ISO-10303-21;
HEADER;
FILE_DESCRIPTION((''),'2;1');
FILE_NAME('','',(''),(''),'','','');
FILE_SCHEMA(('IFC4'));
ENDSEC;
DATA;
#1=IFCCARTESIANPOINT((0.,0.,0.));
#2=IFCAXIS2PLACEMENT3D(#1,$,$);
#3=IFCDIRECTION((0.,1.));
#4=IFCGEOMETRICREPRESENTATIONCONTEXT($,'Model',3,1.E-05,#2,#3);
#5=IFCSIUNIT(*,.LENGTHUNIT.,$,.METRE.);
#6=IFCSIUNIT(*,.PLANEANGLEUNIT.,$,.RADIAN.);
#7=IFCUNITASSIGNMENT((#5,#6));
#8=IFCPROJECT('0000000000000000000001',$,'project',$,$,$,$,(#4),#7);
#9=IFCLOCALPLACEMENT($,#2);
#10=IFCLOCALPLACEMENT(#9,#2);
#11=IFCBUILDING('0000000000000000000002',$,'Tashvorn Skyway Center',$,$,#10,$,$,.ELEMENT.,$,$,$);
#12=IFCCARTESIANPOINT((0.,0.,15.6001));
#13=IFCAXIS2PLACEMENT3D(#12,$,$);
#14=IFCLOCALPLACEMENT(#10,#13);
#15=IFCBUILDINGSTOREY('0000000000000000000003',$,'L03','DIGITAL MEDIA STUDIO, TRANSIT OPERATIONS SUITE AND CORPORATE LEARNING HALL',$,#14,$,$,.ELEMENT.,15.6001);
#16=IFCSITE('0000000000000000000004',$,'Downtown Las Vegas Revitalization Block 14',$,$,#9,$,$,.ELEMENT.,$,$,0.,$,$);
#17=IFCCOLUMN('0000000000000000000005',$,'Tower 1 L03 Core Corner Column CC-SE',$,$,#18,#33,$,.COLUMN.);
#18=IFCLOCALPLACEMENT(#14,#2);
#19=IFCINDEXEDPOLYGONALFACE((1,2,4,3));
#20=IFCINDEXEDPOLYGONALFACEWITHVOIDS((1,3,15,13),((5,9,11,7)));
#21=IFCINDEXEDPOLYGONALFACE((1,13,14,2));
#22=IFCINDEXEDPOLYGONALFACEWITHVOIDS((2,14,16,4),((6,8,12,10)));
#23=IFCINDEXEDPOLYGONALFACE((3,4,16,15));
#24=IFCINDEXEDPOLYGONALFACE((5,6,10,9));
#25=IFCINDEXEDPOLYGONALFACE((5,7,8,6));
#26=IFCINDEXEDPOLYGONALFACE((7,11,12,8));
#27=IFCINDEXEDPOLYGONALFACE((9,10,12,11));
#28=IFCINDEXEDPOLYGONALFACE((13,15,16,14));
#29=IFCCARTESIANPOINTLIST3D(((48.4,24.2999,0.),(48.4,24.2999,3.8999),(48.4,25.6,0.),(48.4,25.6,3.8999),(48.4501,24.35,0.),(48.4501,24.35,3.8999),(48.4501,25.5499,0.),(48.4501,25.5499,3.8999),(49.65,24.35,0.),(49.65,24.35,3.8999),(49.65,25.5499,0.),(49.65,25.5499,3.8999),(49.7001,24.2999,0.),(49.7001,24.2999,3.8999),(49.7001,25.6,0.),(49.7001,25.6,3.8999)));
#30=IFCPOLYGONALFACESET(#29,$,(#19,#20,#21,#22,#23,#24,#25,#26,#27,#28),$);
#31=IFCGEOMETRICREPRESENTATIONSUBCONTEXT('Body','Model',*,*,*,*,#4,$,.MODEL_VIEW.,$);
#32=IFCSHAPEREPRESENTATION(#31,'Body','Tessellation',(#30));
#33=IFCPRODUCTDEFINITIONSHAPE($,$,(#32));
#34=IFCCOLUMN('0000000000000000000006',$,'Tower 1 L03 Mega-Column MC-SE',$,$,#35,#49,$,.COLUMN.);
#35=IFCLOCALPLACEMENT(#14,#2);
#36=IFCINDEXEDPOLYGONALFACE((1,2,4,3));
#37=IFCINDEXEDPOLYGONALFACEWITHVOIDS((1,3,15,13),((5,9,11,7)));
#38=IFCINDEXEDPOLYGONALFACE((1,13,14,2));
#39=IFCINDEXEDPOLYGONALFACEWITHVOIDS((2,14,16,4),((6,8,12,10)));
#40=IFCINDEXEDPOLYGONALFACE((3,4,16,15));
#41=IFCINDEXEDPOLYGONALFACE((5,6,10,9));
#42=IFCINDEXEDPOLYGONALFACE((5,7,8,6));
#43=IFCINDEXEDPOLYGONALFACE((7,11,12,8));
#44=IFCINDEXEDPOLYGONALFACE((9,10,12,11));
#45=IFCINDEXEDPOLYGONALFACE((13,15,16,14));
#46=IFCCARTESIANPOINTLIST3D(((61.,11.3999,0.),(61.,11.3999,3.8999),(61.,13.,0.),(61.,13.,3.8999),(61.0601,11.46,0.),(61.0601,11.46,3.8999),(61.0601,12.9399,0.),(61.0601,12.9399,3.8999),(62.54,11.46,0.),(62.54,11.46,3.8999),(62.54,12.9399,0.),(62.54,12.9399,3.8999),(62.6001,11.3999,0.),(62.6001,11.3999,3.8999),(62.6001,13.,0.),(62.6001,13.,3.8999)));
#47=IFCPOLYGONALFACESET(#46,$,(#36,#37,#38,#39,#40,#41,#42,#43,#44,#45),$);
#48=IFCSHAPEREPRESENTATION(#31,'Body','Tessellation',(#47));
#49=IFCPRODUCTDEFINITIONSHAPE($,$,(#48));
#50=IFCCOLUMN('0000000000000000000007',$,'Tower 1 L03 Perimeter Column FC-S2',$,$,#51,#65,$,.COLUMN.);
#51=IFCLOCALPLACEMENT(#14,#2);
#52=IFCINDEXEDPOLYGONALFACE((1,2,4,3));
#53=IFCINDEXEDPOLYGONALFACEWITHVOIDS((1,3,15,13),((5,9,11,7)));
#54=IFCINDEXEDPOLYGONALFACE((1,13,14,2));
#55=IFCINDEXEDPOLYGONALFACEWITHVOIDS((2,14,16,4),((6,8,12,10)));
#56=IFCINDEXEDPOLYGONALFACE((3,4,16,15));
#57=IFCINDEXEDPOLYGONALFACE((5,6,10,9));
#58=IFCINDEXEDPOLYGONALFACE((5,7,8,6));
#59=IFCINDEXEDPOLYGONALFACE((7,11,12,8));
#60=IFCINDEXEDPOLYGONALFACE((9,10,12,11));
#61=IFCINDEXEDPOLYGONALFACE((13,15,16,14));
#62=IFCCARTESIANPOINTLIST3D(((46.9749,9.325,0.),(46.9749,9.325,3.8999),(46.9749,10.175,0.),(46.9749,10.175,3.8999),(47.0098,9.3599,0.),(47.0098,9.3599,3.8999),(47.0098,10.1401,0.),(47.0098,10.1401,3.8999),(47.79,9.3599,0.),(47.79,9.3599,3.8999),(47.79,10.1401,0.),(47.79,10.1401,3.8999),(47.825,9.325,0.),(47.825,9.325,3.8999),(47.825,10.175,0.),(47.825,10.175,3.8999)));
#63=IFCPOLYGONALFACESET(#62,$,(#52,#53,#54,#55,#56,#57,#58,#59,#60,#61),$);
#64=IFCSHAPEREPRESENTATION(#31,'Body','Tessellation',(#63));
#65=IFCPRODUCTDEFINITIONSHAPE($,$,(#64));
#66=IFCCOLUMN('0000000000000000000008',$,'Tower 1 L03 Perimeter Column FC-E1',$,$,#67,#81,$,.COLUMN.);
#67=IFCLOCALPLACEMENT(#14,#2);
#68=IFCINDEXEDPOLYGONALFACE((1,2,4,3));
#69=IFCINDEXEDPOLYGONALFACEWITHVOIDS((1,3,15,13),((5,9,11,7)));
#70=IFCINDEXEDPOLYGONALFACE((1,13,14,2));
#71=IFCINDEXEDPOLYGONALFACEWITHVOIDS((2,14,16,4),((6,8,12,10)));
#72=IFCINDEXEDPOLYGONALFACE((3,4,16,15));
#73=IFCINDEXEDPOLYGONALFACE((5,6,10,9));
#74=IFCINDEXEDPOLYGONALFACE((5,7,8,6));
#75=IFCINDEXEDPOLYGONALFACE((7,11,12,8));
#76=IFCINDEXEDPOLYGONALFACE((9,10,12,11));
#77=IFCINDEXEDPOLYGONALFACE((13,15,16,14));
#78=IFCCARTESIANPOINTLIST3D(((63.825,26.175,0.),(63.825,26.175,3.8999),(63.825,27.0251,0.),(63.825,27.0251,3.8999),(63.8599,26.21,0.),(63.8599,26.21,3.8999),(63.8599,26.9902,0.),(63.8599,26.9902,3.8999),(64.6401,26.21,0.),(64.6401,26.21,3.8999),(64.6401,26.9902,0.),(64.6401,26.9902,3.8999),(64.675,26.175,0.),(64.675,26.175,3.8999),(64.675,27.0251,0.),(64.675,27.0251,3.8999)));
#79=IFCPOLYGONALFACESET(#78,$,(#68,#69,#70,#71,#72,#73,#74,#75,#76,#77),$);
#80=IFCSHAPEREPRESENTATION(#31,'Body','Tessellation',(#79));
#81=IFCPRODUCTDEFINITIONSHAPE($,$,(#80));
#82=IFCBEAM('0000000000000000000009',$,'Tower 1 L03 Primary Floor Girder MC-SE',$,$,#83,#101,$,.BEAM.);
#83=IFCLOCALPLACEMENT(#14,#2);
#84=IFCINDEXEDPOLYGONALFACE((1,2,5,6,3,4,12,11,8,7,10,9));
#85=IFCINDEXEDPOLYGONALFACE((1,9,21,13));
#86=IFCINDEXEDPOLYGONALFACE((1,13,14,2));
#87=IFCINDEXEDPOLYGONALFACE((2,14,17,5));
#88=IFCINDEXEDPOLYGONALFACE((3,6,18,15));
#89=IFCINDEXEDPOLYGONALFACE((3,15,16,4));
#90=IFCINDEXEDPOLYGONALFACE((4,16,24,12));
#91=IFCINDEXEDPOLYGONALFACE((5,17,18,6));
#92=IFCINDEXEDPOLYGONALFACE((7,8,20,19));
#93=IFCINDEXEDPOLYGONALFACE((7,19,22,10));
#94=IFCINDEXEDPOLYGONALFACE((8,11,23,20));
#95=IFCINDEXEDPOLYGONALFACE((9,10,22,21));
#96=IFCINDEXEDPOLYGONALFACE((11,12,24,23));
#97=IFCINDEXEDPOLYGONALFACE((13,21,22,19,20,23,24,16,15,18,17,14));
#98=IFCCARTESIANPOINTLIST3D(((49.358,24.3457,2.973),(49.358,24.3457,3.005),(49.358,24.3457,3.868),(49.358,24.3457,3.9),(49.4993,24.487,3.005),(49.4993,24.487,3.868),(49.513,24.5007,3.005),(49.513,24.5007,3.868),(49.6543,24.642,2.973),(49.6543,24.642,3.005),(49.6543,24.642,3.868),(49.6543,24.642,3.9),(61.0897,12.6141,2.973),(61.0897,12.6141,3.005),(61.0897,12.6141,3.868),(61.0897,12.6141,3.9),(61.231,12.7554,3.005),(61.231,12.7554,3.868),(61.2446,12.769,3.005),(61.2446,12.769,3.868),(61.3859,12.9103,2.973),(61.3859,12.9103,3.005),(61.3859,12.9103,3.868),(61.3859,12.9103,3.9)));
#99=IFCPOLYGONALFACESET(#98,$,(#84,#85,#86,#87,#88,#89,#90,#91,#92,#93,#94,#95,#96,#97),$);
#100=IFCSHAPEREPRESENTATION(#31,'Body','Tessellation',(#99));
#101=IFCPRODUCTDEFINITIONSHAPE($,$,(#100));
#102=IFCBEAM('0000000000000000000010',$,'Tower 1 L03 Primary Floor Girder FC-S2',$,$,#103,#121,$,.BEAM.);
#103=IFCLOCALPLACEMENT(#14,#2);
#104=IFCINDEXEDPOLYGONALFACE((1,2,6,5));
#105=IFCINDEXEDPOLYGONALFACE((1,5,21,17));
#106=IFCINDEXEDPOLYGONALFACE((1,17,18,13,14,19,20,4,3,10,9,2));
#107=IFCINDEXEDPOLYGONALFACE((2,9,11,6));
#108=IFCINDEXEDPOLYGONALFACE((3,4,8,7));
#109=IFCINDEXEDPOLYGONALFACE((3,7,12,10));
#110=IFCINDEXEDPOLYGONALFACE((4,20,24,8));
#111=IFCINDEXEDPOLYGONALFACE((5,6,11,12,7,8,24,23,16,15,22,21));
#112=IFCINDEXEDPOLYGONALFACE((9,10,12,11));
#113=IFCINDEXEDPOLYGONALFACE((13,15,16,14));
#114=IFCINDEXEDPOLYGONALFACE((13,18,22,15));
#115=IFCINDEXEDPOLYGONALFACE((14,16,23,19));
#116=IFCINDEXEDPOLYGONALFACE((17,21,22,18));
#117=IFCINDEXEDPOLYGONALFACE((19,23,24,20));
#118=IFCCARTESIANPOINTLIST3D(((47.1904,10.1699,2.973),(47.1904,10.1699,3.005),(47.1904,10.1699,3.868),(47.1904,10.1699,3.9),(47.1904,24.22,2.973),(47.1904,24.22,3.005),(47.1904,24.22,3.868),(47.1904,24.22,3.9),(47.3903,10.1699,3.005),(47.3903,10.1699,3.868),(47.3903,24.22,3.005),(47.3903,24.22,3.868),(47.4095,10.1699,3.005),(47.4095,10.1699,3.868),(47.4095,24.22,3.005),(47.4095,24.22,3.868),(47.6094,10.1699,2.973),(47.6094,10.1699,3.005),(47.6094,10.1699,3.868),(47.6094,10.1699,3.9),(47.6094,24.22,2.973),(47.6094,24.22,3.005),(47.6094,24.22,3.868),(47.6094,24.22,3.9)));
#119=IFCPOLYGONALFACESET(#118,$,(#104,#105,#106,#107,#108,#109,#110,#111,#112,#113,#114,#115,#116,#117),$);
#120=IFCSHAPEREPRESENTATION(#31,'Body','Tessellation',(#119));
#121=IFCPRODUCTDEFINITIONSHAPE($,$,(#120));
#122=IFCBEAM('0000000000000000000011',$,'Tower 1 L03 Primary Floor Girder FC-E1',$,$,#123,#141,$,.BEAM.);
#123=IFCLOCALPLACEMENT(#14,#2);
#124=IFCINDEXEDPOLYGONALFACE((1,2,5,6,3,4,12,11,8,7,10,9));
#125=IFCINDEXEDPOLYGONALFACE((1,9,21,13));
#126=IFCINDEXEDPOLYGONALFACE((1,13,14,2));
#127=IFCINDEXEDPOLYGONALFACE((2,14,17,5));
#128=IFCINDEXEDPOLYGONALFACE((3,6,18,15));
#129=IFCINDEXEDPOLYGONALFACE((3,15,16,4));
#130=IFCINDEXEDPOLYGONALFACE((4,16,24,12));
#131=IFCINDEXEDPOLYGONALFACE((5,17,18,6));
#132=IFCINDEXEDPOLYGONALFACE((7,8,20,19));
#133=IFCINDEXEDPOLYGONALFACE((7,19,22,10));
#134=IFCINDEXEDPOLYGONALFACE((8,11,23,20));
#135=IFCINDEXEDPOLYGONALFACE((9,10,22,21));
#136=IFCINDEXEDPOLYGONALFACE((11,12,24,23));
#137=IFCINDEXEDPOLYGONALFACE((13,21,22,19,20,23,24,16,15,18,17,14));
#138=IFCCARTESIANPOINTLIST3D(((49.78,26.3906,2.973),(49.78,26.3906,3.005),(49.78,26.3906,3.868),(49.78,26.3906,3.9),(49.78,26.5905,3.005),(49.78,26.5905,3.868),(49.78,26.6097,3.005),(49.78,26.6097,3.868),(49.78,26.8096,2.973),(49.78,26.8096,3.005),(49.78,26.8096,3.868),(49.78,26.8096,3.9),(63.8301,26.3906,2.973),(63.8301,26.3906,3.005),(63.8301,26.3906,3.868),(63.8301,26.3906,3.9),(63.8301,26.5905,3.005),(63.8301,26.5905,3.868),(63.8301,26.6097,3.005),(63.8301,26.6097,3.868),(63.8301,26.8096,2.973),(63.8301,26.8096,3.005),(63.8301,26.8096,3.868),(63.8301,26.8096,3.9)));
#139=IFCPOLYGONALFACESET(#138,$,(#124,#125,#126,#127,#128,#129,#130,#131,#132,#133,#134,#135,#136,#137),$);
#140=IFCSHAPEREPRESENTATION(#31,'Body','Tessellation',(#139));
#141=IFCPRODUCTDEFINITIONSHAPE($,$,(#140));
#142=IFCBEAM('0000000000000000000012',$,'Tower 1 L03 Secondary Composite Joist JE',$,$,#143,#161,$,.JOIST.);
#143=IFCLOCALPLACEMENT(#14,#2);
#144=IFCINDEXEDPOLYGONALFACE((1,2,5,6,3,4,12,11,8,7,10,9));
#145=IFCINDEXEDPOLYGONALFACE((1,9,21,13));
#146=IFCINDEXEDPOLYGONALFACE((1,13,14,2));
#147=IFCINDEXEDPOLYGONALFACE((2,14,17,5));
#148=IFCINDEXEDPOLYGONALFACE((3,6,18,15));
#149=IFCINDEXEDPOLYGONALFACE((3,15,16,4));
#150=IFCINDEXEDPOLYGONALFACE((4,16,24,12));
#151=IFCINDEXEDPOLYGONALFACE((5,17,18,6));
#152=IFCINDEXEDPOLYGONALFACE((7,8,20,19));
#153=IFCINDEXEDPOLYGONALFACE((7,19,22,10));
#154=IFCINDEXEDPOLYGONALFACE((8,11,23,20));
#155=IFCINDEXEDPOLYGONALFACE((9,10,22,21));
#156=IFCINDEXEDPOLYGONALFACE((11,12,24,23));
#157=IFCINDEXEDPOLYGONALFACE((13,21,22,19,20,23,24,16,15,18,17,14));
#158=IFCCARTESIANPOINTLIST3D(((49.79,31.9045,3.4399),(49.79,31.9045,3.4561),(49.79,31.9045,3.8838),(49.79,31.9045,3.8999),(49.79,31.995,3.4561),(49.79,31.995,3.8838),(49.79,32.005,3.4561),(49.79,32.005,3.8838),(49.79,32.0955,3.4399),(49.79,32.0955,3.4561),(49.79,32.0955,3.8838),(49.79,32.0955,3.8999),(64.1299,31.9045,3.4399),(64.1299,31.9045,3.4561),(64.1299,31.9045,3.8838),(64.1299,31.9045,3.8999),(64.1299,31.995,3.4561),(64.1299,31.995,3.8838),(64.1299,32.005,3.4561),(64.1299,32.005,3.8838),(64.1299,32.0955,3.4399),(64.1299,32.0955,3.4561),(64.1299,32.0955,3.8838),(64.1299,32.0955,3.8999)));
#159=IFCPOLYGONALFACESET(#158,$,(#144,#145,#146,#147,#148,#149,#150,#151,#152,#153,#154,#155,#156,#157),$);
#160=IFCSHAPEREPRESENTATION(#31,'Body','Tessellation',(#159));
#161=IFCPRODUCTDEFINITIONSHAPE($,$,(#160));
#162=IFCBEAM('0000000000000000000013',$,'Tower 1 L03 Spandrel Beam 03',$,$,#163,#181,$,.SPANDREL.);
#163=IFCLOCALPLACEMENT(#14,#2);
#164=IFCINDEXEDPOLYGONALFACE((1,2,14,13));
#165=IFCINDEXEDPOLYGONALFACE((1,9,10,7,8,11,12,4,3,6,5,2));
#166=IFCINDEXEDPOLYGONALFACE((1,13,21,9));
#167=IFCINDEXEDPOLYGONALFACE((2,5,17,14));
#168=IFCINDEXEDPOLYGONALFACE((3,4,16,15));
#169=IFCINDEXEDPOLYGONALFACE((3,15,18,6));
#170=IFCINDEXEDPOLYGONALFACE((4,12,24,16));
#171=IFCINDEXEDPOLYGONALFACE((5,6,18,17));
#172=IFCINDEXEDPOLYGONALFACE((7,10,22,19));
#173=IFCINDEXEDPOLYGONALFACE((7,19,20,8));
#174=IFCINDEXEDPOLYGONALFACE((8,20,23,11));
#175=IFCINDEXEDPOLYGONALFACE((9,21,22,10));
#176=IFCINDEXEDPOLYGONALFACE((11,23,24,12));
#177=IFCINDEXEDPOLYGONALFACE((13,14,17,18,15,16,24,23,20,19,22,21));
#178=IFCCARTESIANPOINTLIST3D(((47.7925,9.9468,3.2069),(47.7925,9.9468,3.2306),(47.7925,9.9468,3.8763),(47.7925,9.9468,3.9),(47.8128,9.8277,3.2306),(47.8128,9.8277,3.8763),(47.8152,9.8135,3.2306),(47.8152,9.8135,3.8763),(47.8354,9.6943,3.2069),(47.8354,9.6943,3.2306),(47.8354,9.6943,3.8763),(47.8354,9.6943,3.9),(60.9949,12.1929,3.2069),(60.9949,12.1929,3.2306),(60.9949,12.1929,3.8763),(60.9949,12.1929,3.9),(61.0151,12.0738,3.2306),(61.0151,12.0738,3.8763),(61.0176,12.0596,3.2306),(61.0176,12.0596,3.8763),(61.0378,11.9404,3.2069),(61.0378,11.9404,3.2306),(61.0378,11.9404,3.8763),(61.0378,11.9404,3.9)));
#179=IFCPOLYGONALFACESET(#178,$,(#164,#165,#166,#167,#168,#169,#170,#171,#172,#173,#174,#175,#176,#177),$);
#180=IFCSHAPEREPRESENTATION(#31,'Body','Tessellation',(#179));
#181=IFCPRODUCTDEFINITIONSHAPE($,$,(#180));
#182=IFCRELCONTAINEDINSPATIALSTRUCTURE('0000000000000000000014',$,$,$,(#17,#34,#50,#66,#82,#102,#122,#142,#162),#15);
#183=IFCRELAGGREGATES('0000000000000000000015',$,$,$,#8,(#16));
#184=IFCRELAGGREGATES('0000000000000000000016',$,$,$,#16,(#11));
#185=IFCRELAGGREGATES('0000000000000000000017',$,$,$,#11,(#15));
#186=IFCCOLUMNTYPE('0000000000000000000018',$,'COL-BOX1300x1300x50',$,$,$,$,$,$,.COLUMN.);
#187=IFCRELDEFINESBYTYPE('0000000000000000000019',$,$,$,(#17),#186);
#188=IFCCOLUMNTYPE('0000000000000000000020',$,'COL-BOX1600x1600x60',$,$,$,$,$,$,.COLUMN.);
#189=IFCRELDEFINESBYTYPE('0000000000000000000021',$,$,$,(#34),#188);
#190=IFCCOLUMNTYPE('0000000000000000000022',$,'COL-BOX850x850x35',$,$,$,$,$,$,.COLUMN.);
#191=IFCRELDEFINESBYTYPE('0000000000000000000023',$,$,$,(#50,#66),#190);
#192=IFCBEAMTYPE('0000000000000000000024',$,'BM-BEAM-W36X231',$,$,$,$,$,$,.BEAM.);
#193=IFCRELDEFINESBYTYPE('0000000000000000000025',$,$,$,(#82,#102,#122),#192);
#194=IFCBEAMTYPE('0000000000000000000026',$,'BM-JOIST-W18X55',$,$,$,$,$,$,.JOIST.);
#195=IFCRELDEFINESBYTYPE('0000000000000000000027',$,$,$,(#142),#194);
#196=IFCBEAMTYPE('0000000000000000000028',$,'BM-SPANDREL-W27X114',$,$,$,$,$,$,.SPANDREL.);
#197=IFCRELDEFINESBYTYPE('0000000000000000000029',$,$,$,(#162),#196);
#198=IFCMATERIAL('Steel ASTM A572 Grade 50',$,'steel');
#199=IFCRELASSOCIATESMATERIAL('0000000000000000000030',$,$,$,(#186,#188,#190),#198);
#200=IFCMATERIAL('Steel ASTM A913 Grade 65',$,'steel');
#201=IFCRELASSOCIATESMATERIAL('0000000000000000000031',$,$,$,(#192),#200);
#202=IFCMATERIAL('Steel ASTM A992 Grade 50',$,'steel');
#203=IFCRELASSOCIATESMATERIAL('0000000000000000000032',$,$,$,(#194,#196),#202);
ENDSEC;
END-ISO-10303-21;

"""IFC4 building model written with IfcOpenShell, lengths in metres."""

from ifc_helpers import new_model, si_unit, direction, frame, origin, origin_2d, place, context, subcontext, project, spatial, hollow_rectangle, i_section, extrude, material, material_profile, profile_set, type_object, element, save


model = new_model("IFC4")

# Units and contexts
model_context = context("Model", 3, precision=1e-05, world=origin(), true_north=direction((0.0, 1.0)))
body_context = subcontext(model_context, "Body", "Model", "MODEL_VIEW")
ifc_project = project(units=[si_unit("LENGTHUNIT", "METRE"), si_unit("PLANEANGLEUNIT", "RADIAN")], contexts=[model_context])

# Site, building, storey
site_placement = place(None, origin())
site = spatial("IfcSite", under=ifc_project, at=site_placement, Name="Downtown Las Vegas Revitalization Block 14", CompositionType="ELEMENT", RefElevation=0.0)
building_placement = place(site_placement, origin())
building = spatial("IfcBuilding", under=site, at=building_placement, Name="Tashvorn Skyway Center", CompositionType="ELEMENT")
storey_placement = place(building_placement, frame((0.0, 0.0, 15.6001)))
storey = spatial("IfcBuildingStorey", under=building, at=storey_placement, Name="L03", Description="DIGITAL MEDIA STUDIO, TRANSIT OPERATIONS SUITE AND CORPORATE LEARNING HALL", CompositionType="ELEMENT", Elevation=15.6001)

# Columns
ifc_material_1 = material(Name="Steel ASTM A572 Grade 50", Category="steel")
ifc_material_profile_1 = material_profile(ifc_material_1, hollow_rectangle(XDim=1.3, YDim=1.3, WallThickness=0.05, at=origin_2d()), Name="BOX1300x1300x50")
ifc_profile_set_1 = profile_set([ifc_material_profile_1], Name="Steel ASTM A572 Grade 50")
column_type_1 = type_object("IfcColumnType", Name="COL-BOX1300x1300x50", PredefinedType="COLUMN", material=ifc_profile_set_1)
column_1_placement = place(storey_placement, frame((49.05, 24.95, 0.0), z_axis=(0.0, 0.0, 1.0), x_axis=(1.0, 0.0, 0.0)))
element("IfcColumn", 1, at=column_1_placement, inside=storey, type_object=column_type_1, Name="Tower 1 L03 Core Corner Column CC-SE", PredefinedType="COLUMN", context=body_context, shape_type="SweptSolid", body=[
    extrude(hollow_rectangle(XDim=1.3, YDim=1.3, WallThickness=0.05, at=origin_2d()), origin(), (0.0, 0.0, 1.0), 3.8999),
])
ifc_material_profile_2 = material_profile(ifc_material_1, hollow_rectangle(XDim=1.6001, YDim=1.6001, WallThickness=0.0601, at=origin_2d()), Name="BOX1600x1600x60")
ifc_profile_set_2 = profile_set([ifc_material_profile_2], Name="Steel ASTM A572 Grade 50")
column_type_2 = type_object("IfcColumnType", Name="COL-BOX1600x1600x60", PredefinedType="COLUMN", material=ifc_profile_set_2)
column_2_placement = place(storey_placement, frame((61.8, 12.2, 0.0), z_axis=(0.0, 0.0, 1.0), x_axis=(1.0, 0.0, 0.0)))
element("IfcColumn", 2, at=column_2_placement, inside=storey, type_object=column_type_2, Name="Tower 1 L03 Mega-Column MC-SE", PredefinedType="COLUMN", context=body_context, shape_type="SweptSolid", body=[
    extrude(hollow_rectangle(XDim=1.6001, YDim=1.6001, WallThickness=0.0601, at=origin_2d()), origin(), (0.0, 0.0, 1.0), 3.8999),
])
ifc_material_profile_3 = material_profile(ifc_material_1, hollow_rectangle(XDim=0.8501, YDim=0.8501, WallThickness=0.0349, at=origin_2d()), Name="BOX850x850x35")
ifc_profile_set_3 = profile_set([ifc_material_profile_3], Name="Steel ASTM A572 Grade 50")
column_type_3 = type_object("IfcColumnType", Name="COL-BOX850x850x35", PredefinedType="COLUMN", material=ifc_profile_set_3)
for number, where, z_axis, x_axis, name in (
    (3, (47.3999, 9.75, 0.0), (0.0, 0.0, 1.0), (1.0, 0.0, 0.0), "Tower 1 L03 Perimeter Column FC-S2"),
    (4, (64.25, 26.6001, 0.0), (0.0, 0.0, 1.0), (1.0, 0.0, 0.0), "Tower 1 L03 Perimeter Column FC-E1"),
):
    element("IfcColumn", number, at=place(storey_placement, frame(where, z_axis=z_axis, x_axis=x_axis)), inside=storey, type_object=column_type_3, Name=name, PredefinedType="COLUMN", context=body_context, shape_type="SweptSolid", body=[
        extrude(hollow_rectangle(XDim=0.8501, YDim=0.8501, WallThickness=0.0349, at=origin_2d()), origin(), (0.0, 0.0, 1.0), 3.8999),
    ])

# Beams
ifc_material_2 = material(Name="Steel ASTM A913 Grade 65", Category="steel")
ifc_material_profile_4 = material_profile(ifc_material_2, i_section(OverallWidth=0.4189, OverallDepth=0.927, WebThickness=0.0193, FlangeThickness=0.032, at=origin_2d()), Name="W36X231")
ifc_profile_set_4 = profile_set([ifc_material_profile_4], Name="Steel ASTM A913 Grade 65")
beam_type_1 = type_object("IfcBeamType", Name="BM-BEAM-W36X231", PredefinedType="BEAM", material=ifc_profile_set_4)
beam_1_placement = place(storey_placement, frame((61.2378, 12.7622, 3.4365), z_axis=(-0.707107, 0.707107, 0.0), x_axis=(-0.707107, -0.707107, 0.0)))
element("IfcBeam", 5, at=beam_1_placement, inside=storey, type_object=beam_type_1, Name="Tower 1 L03 Primary Floor Girder MC-SE", PredefinedType="BEAM", context=body_context, shape_type="SweptSolid", body=[
    extrude(i_section(OverallWidth=0.4189, OverallDepth=0.927, WebThickness=0.0193, FlangeThickness=0.032, at=origin_2d()), origin(), (0.0, 0.0, 1.0), 16.5911),
])
for number, where, z_axis, x_axis, name in (
    (6, (47.3999, 10.1699, 3.4365), (0.0, 1.0, 0.0), (-1.0, 0.0, 0.0), "Tower 1 L03 Primary Floor Girder FC-S2"),
    (7, (63.8301, 26.6001, 3.4365), (-1.0, 0.0, 0.0), (0.0, -1.0, 0.0), "Tower 1 L03 Primary Floor Girder FC-E1"),
):
    element("IfcBeam", number, at=place(storey_placement, frame(where, z_axis=z_axis, x_axis=x_axis)), inside=storey, type_object=beam_type_1, Name=name, PredefinedType="BEAM", context=body_context, shape_type="SweptSolid", body=[
        extrude(i_section(OverallWidth=0.4189, OverallDepth=0.927, WebThickness=0.0193, FlangeThickness=0.032, at=origin_2d()), origin(), (0.0, 0.0, 1.0), 14.05),
    ])
ifc_material_3 = material(Name="Steel ASTM A992 Grade 50", Category="steel")
ifc_material_profile_5 = material_profile(ifc_material_3, i_section(OverallWidth=0.1909, OverallDepth=0.46, WebThickness=0.01, FlangeThickness=0.0161, at=origin_2d()), Name="W18X55")
ifc_profile_set_5 = profile_set([ifc_material_profile_5], Name="Steel ASTM A992 Grade 50")
beam_type_2 = type_object("IfcBeamType", Name="BM-JOIST-W18X55", PredefinedType="JOIST", material=ifc_profile_set_5)
beam_2_placement = place(storey_placement, frame((49.79, 32.0, 3.6699), z_axis=(1.0, 0.0, 0.0), x_axis=(0.0, 1.0, 0.0)))
element("IfcBeam", 8, at=beam_2_placement, inside=storey, type_object=beam_type_2, Name="Tower 1 L03 Secondary Composite Joist JE", PredefinedType="JOIST", context=body_context, shape_type="SweptSolid", body=[
    extrude(i_section(OverallWidth=0.1909, OverallDepth=0.46, WebThickness=0.01, FlangeThickness=0.0161, at=origin_2d()), origin(), (0.0, 0.0, 1.0), 14.3398),
])
ifc_material_profile_6 = material_profile(ifc_material_3, i_section(OverallWidth=0.2561, OverallDepth=0.6931, WebThickness=0.0144, FlangeThickness=0.0237, at=origin_2d()), Name="W27X114")
ifc_profile_set_6 = profile_set([ifc_material_profile_6], Name="Steel ASTM A992 Grade 50")
beam_type_3 = type_object("IfcBeamType", Name="BM-SPANDREL-W27X114", PredefinedType="SPANDREL", material=ifc_profile_set_6)
for number, where, z_axis, x_axis, name in (
    (9, (47.814, 9.8206, 3.5535), (0.985835, 0.167718, 0.0), (-0.167718, 0.985835, 0.0), "Tower 1 L03 Spandrel Beam 03"),
):
    element("IfcBeam", number, at=place(storey_placement, frame(where, z_axis=z_axis, x_axis=x_axis)), inside=storey, type_object=beam_type_3, Name=name, PredefinedType="SPANDREL", context=body_context, shape_type="SweptSolid", body=[
        extrude(i_section(OverallWidth=0.2561, OverallDepth=0.6931, WebThickness=0.0144, FlangeThickness=0.0237, at=origin_2d()), origin(), (0.0, 0.0, 1.0), 13.3921),
    ])

save(model, "model.ifc")
